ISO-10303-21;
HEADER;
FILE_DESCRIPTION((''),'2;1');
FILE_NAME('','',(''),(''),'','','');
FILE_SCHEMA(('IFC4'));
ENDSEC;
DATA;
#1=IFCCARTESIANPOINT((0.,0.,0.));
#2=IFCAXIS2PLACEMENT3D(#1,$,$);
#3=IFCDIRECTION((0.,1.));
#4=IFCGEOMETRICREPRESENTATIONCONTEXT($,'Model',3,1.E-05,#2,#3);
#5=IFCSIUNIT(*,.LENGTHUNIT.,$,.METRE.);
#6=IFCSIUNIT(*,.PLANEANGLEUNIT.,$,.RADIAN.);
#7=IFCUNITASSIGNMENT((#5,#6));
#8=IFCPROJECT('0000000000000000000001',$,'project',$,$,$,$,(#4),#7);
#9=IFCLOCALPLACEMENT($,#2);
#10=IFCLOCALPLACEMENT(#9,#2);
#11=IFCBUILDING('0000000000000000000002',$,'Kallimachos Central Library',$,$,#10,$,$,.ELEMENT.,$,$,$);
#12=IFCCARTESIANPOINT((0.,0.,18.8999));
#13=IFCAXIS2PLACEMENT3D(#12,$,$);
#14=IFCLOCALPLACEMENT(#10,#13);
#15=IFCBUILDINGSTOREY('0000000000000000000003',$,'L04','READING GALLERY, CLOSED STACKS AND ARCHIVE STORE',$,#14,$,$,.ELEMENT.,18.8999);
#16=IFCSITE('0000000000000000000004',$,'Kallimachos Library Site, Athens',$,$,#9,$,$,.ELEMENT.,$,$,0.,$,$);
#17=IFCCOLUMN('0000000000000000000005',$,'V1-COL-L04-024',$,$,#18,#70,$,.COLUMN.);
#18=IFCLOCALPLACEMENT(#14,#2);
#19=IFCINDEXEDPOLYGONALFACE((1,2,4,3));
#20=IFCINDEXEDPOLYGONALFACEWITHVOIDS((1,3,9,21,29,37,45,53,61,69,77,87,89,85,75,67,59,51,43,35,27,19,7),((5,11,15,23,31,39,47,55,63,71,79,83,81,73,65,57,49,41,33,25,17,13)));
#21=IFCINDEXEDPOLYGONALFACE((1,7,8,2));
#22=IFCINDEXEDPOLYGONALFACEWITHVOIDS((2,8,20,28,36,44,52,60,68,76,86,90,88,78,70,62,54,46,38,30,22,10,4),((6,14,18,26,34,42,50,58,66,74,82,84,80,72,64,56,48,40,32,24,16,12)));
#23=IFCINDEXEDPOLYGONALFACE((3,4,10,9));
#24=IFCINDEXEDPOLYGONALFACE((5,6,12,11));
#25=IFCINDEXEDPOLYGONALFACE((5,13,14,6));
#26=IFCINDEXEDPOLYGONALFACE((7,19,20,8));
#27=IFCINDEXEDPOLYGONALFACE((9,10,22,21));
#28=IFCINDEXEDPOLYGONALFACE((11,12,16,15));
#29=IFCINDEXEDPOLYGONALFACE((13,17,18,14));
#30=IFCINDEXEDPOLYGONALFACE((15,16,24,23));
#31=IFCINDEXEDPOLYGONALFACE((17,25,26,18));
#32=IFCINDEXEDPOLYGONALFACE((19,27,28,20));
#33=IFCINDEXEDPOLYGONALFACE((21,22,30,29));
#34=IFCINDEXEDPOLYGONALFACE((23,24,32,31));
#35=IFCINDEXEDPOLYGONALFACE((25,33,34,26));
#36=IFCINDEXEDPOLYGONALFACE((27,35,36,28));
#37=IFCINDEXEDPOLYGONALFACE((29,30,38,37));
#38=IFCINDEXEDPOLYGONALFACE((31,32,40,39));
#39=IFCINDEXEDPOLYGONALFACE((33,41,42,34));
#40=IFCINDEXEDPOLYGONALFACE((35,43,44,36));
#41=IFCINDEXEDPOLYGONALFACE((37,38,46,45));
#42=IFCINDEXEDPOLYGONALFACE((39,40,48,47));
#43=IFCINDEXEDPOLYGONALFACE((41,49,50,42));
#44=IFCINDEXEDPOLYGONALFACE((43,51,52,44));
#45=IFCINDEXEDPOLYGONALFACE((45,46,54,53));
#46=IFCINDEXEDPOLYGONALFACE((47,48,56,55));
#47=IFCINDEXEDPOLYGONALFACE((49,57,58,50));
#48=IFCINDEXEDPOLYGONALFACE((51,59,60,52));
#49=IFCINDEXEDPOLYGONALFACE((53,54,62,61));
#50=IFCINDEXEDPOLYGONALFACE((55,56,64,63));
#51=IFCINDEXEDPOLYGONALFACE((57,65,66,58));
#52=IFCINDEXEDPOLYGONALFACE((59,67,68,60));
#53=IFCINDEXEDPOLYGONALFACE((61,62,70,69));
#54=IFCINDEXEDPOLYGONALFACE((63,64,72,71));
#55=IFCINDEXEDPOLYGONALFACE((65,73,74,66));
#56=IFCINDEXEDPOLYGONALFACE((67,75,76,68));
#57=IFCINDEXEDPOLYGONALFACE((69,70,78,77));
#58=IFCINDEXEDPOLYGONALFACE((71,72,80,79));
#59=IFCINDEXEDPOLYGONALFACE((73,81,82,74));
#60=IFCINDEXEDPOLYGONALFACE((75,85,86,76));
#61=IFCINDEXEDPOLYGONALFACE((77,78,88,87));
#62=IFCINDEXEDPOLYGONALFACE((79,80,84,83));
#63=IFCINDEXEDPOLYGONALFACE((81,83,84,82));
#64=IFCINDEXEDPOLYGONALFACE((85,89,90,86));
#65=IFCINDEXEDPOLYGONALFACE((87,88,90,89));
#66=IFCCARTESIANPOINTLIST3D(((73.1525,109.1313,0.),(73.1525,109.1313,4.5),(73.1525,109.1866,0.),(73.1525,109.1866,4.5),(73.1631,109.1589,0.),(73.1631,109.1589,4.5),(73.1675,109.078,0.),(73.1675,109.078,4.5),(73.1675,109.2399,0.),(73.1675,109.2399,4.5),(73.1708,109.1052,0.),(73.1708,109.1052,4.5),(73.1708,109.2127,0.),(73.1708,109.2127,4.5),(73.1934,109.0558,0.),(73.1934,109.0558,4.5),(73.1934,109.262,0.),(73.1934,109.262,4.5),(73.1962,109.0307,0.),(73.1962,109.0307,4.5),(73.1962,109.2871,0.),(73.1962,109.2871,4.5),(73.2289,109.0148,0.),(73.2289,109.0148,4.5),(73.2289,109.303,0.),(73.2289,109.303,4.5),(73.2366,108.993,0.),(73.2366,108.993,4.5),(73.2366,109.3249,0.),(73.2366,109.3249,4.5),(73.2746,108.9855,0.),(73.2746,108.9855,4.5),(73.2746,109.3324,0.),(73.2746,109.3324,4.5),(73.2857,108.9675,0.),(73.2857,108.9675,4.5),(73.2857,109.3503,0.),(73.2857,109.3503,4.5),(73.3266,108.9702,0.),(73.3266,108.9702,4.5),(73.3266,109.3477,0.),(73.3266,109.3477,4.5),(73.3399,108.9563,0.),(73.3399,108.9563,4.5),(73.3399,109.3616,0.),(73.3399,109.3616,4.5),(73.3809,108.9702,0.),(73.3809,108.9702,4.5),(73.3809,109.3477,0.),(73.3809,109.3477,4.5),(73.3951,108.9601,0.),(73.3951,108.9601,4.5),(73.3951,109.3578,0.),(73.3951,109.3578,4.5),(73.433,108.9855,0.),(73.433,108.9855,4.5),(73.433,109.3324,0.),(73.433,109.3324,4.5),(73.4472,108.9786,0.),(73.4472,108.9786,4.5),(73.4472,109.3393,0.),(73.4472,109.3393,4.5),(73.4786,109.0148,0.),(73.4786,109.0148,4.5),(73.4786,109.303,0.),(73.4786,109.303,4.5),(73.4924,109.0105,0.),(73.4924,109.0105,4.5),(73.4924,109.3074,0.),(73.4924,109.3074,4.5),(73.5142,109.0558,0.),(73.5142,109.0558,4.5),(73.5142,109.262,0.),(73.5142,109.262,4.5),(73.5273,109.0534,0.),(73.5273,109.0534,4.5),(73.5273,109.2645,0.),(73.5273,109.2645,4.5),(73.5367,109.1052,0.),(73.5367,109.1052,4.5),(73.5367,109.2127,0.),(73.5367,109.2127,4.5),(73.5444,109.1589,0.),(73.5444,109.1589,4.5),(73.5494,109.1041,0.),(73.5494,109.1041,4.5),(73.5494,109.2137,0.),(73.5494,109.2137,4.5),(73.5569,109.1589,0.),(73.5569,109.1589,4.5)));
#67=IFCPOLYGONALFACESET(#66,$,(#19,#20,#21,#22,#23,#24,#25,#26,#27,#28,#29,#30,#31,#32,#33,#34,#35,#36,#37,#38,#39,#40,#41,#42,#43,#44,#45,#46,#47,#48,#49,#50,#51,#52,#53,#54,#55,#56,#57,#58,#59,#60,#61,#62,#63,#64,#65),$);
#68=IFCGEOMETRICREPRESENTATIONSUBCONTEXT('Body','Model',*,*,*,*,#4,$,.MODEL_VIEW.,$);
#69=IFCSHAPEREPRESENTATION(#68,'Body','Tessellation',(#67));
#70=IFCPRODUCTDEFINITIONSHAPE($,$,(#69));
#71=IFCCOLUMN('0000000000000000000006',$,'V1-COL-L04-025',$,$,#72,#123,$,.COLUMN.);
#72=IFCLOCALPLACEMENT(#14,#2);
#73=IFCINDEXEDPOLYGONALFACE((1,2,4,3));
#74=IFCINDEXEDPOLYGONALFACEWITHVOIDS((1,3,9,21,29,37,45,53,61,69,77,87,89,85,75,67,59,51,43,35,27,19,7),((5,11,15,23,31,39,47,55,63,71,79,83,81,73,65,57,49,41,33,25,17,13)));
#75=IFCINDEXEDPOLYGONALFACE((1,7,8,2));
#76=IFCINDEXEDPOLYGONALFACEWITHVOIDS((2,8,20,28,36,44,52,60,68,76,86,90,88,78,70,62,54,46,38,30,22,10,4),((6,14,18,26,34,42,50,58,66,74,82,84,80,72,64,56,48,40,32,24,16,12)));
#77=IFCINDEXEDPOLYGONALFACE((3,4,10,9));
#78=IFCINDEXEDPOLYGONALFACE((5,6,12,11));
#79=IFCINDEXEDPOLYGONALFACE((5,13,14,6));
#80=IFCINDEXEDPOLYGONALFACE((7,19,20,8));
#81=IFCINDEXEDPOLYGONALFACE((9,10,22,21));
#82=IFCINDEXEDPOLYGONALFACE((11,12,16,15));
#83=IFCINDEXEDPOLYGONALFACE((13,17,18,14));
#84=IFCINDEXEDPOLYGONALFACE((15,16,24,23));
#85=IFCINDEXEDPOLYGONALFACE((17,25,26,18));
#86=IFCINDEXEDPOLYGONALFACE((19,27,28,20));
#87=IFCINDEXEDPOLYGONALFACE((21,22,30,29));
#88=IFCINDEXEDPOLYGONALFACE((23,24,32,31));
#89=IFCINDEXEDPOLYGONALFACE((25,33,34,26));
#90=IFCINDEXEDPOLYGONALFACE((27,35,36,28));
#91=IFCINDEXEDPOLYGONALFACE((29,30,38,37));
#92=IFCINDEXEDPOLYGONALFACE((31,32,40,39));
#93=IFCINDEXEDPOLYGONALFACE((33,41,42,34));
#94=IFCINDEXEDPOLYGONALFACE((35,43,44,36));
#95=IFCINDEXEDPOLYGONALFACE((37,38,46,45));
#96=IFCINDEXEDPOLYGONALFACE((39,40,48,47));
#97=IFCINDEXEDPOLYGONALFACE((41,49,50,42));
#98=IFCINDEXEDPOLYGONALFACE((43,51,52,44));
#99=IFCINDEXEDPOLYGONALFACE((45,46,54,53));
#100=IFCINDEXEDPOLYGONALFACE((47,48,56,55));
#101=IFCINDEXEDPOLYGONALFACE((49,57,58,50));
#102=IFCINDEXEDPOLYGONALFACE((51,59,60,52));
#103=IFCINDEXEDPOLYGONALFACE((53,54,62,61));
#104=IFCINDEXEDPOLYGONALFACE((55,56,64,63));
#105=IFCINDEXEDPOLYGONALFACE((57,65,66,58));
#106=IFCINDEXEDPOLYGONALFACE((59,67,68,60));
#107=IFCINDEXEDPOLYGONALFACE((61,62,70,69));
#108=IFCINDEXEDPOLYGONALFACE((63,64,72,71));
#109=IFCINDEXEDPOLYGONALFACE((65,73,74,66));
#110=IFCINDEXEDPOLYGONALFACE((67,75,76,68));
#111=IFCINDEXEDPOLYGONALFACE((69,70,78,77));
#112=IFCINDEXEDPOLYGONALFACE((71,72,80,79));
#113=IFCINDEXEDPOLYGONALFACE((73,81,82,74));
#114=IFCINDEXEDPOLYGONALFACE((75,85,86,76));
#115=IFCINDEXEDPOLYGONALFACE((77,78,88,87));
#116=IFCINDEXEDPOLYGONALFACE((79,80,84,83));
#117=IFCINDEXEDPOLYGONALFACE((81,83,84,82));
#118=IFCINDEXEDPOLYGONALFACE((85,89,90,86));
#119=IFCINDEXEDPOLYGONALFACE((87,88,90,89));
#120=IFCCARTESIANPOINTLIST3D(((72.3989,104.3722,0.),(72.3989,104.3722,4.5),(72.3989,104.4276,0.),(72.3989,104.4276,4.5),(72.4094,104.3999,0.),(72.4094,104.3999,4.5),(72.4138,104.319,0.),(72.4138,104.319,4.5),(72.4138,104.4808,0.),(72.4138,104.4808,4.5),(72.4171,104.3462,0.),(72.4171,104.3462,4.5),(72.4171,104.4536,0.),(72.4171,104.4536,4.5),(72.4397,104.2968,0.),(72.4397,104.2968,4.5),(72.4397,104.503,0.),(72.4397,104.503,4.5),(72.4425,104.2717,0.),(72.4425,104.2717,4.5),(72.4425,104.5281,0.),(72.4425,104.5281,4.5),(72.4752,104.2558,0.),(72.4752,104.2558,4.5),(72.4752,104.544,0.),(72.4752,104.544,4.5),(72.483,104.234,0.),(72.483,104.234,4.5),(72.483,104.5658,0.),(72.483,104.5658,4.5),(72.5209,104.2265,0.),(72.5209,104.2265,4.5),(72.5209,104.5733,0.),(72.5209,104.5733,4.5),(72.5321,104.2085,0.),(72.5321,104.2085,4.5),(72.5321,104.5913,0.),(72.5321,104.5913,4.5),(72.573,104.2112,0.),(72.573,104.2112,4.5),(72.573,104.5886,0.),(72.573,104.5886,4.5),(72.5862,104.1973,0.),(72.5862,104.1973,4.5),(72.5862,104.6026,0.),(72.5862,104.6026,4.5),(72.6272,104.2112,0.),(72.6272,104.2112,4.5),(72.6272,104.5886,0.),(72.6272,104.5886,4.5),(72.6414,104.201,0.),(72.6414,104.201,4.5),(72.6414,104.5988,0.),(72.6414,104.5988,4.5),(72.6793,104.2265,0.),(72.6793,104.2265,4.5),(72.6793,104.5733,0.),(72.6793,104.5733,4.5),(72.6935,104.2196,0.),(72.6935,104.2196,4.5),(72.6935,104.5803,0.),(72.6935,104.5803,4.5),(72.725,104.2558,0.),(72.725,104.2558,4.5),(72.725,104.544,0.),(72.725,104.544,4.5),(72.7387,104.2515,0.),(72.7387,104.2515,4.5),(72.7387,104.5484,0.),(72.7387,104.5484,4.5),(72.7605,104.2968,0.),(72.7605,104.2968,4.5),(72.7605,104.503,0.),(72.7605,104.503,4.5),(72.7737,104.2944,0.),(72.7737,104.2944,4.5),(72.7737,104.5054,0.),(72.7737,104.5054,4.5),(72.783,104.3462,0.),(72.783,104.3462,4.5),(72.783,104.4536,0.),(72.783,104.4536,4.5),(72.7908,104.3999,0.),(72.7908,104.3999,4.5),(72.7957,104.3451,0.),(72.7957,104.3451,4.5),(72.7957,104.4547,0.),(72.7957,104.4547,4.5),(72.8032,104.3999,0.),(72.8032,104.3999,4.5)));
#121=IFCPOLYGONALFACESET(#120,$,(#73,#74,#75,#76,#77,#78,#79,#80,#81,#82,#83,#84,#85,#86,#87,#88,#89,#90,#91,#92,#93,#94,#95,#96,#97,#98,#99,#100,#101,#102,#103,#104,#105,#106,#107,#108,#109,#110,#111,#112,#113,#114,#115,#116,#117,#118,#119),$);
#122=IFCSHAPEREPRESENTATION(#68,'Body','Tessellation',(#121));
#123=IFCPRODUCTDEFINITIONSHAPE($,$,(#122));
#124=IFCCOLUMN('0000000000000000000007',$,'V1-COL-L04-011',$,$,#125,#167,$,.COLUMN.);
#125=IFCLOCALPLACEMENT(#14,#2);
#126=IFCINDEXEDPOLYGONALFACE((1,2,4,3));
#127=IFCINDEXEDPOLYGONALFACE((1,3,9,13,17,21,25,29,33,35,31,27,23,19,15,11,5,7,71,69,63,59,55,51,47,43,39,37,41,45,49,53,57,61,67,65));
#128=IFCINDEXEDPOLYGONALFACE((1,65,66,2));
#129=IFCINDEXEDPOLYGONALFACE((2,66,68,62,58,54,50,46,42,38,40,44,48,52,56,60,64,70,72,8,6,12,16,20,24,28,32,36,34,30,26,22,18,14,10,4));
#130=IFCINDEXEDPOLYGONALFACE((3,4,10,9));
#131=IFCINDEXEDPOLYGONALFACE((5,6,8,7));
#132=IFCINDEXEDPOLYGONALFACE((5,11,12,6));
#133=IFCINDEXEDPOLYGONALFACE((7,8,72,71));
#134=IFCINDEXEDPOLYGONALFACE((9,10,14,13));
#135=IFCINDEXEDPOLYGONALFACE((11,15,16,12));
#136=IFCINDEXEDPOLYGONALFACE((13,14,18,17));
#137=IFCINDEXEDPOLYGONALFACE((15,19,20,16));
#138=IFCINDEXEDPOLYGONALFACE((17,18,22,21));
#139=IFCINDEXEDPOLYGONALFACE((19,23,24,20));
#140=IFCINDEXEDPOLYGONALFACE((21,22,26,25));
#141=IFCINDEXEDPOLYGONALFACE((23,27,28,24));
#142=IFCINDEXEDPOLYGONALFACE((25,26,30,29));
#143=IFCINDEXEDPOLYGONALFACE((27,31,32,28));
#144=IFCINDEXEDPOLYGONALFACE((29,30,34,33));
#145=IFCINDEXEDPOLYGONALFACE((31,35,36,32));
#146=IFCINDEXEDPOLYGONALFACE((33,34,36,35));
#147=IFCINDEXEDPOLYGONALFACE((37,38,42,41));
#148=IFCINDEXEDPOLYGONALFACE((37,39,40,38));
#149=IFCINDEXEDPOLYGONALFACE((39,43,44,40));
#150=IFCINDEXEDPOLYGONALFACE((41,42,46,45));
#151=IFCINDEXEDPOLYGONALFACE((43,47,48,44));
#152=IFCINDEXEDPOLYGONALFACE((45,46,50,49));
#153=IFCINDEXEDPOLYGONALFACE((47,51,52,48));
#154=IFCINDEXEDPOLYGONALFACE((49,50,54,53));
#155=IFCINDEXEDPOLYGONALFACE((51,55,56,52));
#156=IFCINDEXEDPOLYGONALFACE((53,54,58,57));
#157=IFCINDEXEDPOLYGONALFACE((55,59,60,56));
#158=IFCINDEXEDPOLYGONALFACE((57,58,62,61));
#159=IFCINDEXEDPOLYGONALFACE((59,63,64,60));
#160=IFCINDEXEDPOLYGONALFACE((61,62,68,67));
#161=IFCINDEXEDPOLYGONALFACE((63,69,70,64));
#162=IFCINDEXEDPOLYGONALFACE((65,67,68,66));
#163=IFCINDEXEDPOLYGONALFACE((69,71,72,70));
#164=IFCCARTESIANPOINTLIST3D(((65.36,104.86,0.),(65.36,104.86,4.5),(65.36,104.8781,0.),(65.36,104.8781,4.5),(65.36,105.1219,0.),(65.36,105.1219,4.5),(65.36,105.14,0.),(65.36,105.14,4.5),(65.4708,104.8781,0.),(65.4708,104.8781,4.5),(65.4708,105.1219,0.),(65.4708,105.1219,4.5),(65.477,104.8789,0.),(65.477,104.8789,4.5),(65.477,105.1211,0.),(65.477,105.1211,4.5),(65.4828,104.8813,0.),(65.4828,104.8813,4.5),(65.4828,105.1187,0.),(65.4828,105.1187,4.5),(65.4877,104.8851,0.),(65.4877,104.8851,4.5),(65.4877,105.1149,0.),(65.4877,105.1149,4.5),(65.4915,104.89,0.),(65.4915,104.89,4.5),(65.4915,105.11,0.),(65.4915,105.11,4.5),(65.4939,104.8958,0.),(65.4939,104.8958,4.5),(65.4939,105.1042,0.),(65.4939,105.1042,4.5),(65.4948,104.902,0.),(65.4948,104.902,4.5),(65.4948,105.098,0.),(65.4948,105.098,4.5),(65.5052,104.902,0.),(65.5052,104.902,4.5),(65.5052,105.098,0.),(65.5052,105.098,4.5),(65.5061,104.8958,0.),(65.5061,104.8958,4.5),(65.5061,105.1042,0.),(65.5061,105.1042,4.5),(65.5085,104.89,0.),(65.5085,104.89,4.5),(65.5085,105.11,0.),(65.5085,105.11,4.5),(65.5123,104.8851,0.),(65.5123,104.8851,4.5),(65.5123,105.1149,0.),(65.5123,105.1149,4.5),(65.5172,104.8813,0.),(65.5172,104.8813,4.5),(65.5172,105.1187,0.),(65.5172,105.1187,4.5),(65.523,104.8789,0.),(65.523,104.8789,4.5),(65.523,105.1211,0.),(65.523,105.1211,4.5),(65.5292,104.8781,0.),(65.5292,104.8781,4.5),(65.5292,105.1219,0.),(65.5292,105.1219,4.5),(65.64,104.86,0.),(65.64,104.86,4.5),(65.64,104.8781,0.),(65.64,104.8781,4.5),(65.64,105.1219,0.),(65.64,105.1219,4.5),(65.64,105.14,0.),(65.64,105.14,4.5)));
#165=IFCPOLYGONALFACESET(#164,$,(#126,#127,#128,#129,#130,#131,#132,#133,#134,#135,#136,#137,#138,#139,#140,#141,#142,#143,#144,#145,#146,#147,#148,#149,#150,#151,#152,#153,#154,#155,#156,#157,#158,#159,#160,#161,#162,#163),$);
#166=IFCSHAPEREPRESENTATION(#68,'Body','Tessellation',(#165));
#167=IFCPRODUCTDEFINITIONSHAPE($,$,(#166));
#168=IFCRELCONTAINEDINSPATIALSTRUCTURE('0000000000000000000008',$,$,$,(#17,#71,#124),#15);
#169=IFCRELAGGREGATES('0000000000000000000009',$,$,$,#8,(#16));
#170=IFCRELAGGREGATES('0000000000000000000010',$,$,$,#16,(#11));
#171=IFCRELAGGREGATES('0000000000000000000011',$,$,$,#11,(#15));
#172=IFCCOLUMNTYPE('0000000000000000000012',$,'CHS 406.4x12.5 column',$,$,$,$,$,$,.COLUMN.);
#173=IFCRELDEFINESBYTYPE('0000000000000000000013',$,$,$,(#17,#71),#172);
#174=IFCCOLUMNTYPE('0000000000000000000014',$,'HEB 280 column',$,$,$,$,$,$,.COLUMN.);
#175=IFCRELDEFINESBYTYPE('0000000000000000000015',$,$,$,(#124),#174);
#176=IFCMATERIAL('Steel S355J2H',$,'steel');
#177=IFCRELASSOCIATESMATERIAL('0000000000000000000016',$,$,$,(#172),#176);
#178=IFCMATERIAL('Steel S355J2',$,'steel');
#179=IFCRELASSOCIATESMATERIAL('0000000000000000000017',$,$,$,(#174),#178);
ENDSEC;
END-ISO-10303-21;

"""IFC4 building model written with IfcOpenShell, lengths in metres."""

from ifc_helpers import new_model, si_unit, direction, frame, origin, origin_2d, place, context, subcontext, project, spatial, hollow_circle, i_section, extrude, material, material_profile, profile_set, type_object, element, save


model = new_model("IFC4")

# Units and contexts
model_context = context("Model", 3, precision=1e-05, world=origin(), true_north=direction((0.0, 1.0)))
body_context = subcontext(model_context, "Body", "Model", "MODEL_VIEW")
ifc_project = project(units=[si_unit("LENGTHUNIT", "METRE"), si_unit("PLANEANGLEUNIT", "RADIAN")], contexts=[model_context])

# Site, building, storey
site_placement = place(None, origin())
site = spatial("IfcSite", under=ifc_project, at=site_placement, Name="Kallimachos Library Site, Athens", CompositionType="ELEMENT", RefElevation=0.0)
building_placement = place(site_placement, origin())
building = spatial("IfcBuilding", under=site, at=building_placement, Name="Kallimachos Central Library", CompositionType="ELEMENT")
storey_placement = place(building_placement, frame((0.0, 0.0, 18.8999)))
storey = spatial("IfcBuildingStorey", under=building, at=storey_placement, Name="L04", Description="READING GALLERY, CLOSED STACKS AND ARCHIVE STORE", CompositionType="ELEMENT", Elevation=18.8999)

# Columns
ifc_material_1 = material(Name="Steel S355J2H", Category="steel")
ifc_material_profile_1 = material_profile(ifc_material_1, hollow_circle(Radius=0.2031, WallThickness=0.0125, at=origin_2d()), Name="CHS 406.4x12.5")
ifc_profile_set_1 = profile_set([ifc_material_profile_1], Name="Steel S355J2H")
column_type_1 = type_object("IfcColumnType", Name="CHS 406.4x12.5 column", PredefinedType="COLUMN", material=ifc_profile_set_1)
for number, where, z_axis, x_axis, name in (
    (1, (73.3538, 109.1589, 0.0), (0.0, 0.0, 1.0), (1.0, 0.0, 0.0), "V1-COL-L04-024"),
    (2, (72.6001, 104.3999, 0.0), (0.0, 0.0, 1.0), (1.0, 0.0, 0.0), "V1-COL-L04-025"),
):
    element("IfcColumn", number, at=place(storey_placement, frame(where, z_axis=z_axis, x_axis=x_axis)), inside=storey, type_object=column_type_1, Name=name, PredefinedType="COLUMN", context=body_context, shape_type="SweptSolid", body=[
        extrude(hollow_circle(Radius=0.2031, WallThickness=0.0125, at=origin_2d()), origin(), (0.0, 0.0, 1.0), 4.5),
    ])
ifc_material_2 = material(Name="Steel S355J2", Category="steel")
ifc_material_profile_2 = material_profile(ifc_material_2, i_section(OverallWidth=0.28, OverallDepth=0.28, WebThickness=0.0105, FlangeThickness=0.0181, FilletRadius=0.0239, at=origin_2d()), Name="HEB 280")
ifc_profile_set_2 = profile_set([ifc_material_profile_2], Name="Steel S355J2")
column_type_2 = type_object("IfcColumnType", Name="HEB 280 column", PredefinedType="COLUMN", material=ifc_profile_set_2)
for number, where, z_axis, x_axis, name in (
    (3, (65.5, 105.0, 0.0), (0.0, 0.0, 1.0), (1.0, 0.0, 0.0), "V1-COL-L04-011"),
):
    element("IfcColumn", number, at=place(storey_placement, frame(where, z_axis=z_axis, x_axis=x_axis)), inside=storey, type_object=column_type_2, Name=name, PredefinedType="COLUMN", context=body_context, shape_type="SweptSolid", body=[
        extrude(i_section(OverallWidth=0.28, OverallDepth=0.28, WebThickness=0.0105, FlangeThickness=0.0181, FilletRadius=0.0239, at=origin_2d()), origin(), (0.0, 0.0, 1.0), 4.5),
    ])

save(model, "model.ifc")
